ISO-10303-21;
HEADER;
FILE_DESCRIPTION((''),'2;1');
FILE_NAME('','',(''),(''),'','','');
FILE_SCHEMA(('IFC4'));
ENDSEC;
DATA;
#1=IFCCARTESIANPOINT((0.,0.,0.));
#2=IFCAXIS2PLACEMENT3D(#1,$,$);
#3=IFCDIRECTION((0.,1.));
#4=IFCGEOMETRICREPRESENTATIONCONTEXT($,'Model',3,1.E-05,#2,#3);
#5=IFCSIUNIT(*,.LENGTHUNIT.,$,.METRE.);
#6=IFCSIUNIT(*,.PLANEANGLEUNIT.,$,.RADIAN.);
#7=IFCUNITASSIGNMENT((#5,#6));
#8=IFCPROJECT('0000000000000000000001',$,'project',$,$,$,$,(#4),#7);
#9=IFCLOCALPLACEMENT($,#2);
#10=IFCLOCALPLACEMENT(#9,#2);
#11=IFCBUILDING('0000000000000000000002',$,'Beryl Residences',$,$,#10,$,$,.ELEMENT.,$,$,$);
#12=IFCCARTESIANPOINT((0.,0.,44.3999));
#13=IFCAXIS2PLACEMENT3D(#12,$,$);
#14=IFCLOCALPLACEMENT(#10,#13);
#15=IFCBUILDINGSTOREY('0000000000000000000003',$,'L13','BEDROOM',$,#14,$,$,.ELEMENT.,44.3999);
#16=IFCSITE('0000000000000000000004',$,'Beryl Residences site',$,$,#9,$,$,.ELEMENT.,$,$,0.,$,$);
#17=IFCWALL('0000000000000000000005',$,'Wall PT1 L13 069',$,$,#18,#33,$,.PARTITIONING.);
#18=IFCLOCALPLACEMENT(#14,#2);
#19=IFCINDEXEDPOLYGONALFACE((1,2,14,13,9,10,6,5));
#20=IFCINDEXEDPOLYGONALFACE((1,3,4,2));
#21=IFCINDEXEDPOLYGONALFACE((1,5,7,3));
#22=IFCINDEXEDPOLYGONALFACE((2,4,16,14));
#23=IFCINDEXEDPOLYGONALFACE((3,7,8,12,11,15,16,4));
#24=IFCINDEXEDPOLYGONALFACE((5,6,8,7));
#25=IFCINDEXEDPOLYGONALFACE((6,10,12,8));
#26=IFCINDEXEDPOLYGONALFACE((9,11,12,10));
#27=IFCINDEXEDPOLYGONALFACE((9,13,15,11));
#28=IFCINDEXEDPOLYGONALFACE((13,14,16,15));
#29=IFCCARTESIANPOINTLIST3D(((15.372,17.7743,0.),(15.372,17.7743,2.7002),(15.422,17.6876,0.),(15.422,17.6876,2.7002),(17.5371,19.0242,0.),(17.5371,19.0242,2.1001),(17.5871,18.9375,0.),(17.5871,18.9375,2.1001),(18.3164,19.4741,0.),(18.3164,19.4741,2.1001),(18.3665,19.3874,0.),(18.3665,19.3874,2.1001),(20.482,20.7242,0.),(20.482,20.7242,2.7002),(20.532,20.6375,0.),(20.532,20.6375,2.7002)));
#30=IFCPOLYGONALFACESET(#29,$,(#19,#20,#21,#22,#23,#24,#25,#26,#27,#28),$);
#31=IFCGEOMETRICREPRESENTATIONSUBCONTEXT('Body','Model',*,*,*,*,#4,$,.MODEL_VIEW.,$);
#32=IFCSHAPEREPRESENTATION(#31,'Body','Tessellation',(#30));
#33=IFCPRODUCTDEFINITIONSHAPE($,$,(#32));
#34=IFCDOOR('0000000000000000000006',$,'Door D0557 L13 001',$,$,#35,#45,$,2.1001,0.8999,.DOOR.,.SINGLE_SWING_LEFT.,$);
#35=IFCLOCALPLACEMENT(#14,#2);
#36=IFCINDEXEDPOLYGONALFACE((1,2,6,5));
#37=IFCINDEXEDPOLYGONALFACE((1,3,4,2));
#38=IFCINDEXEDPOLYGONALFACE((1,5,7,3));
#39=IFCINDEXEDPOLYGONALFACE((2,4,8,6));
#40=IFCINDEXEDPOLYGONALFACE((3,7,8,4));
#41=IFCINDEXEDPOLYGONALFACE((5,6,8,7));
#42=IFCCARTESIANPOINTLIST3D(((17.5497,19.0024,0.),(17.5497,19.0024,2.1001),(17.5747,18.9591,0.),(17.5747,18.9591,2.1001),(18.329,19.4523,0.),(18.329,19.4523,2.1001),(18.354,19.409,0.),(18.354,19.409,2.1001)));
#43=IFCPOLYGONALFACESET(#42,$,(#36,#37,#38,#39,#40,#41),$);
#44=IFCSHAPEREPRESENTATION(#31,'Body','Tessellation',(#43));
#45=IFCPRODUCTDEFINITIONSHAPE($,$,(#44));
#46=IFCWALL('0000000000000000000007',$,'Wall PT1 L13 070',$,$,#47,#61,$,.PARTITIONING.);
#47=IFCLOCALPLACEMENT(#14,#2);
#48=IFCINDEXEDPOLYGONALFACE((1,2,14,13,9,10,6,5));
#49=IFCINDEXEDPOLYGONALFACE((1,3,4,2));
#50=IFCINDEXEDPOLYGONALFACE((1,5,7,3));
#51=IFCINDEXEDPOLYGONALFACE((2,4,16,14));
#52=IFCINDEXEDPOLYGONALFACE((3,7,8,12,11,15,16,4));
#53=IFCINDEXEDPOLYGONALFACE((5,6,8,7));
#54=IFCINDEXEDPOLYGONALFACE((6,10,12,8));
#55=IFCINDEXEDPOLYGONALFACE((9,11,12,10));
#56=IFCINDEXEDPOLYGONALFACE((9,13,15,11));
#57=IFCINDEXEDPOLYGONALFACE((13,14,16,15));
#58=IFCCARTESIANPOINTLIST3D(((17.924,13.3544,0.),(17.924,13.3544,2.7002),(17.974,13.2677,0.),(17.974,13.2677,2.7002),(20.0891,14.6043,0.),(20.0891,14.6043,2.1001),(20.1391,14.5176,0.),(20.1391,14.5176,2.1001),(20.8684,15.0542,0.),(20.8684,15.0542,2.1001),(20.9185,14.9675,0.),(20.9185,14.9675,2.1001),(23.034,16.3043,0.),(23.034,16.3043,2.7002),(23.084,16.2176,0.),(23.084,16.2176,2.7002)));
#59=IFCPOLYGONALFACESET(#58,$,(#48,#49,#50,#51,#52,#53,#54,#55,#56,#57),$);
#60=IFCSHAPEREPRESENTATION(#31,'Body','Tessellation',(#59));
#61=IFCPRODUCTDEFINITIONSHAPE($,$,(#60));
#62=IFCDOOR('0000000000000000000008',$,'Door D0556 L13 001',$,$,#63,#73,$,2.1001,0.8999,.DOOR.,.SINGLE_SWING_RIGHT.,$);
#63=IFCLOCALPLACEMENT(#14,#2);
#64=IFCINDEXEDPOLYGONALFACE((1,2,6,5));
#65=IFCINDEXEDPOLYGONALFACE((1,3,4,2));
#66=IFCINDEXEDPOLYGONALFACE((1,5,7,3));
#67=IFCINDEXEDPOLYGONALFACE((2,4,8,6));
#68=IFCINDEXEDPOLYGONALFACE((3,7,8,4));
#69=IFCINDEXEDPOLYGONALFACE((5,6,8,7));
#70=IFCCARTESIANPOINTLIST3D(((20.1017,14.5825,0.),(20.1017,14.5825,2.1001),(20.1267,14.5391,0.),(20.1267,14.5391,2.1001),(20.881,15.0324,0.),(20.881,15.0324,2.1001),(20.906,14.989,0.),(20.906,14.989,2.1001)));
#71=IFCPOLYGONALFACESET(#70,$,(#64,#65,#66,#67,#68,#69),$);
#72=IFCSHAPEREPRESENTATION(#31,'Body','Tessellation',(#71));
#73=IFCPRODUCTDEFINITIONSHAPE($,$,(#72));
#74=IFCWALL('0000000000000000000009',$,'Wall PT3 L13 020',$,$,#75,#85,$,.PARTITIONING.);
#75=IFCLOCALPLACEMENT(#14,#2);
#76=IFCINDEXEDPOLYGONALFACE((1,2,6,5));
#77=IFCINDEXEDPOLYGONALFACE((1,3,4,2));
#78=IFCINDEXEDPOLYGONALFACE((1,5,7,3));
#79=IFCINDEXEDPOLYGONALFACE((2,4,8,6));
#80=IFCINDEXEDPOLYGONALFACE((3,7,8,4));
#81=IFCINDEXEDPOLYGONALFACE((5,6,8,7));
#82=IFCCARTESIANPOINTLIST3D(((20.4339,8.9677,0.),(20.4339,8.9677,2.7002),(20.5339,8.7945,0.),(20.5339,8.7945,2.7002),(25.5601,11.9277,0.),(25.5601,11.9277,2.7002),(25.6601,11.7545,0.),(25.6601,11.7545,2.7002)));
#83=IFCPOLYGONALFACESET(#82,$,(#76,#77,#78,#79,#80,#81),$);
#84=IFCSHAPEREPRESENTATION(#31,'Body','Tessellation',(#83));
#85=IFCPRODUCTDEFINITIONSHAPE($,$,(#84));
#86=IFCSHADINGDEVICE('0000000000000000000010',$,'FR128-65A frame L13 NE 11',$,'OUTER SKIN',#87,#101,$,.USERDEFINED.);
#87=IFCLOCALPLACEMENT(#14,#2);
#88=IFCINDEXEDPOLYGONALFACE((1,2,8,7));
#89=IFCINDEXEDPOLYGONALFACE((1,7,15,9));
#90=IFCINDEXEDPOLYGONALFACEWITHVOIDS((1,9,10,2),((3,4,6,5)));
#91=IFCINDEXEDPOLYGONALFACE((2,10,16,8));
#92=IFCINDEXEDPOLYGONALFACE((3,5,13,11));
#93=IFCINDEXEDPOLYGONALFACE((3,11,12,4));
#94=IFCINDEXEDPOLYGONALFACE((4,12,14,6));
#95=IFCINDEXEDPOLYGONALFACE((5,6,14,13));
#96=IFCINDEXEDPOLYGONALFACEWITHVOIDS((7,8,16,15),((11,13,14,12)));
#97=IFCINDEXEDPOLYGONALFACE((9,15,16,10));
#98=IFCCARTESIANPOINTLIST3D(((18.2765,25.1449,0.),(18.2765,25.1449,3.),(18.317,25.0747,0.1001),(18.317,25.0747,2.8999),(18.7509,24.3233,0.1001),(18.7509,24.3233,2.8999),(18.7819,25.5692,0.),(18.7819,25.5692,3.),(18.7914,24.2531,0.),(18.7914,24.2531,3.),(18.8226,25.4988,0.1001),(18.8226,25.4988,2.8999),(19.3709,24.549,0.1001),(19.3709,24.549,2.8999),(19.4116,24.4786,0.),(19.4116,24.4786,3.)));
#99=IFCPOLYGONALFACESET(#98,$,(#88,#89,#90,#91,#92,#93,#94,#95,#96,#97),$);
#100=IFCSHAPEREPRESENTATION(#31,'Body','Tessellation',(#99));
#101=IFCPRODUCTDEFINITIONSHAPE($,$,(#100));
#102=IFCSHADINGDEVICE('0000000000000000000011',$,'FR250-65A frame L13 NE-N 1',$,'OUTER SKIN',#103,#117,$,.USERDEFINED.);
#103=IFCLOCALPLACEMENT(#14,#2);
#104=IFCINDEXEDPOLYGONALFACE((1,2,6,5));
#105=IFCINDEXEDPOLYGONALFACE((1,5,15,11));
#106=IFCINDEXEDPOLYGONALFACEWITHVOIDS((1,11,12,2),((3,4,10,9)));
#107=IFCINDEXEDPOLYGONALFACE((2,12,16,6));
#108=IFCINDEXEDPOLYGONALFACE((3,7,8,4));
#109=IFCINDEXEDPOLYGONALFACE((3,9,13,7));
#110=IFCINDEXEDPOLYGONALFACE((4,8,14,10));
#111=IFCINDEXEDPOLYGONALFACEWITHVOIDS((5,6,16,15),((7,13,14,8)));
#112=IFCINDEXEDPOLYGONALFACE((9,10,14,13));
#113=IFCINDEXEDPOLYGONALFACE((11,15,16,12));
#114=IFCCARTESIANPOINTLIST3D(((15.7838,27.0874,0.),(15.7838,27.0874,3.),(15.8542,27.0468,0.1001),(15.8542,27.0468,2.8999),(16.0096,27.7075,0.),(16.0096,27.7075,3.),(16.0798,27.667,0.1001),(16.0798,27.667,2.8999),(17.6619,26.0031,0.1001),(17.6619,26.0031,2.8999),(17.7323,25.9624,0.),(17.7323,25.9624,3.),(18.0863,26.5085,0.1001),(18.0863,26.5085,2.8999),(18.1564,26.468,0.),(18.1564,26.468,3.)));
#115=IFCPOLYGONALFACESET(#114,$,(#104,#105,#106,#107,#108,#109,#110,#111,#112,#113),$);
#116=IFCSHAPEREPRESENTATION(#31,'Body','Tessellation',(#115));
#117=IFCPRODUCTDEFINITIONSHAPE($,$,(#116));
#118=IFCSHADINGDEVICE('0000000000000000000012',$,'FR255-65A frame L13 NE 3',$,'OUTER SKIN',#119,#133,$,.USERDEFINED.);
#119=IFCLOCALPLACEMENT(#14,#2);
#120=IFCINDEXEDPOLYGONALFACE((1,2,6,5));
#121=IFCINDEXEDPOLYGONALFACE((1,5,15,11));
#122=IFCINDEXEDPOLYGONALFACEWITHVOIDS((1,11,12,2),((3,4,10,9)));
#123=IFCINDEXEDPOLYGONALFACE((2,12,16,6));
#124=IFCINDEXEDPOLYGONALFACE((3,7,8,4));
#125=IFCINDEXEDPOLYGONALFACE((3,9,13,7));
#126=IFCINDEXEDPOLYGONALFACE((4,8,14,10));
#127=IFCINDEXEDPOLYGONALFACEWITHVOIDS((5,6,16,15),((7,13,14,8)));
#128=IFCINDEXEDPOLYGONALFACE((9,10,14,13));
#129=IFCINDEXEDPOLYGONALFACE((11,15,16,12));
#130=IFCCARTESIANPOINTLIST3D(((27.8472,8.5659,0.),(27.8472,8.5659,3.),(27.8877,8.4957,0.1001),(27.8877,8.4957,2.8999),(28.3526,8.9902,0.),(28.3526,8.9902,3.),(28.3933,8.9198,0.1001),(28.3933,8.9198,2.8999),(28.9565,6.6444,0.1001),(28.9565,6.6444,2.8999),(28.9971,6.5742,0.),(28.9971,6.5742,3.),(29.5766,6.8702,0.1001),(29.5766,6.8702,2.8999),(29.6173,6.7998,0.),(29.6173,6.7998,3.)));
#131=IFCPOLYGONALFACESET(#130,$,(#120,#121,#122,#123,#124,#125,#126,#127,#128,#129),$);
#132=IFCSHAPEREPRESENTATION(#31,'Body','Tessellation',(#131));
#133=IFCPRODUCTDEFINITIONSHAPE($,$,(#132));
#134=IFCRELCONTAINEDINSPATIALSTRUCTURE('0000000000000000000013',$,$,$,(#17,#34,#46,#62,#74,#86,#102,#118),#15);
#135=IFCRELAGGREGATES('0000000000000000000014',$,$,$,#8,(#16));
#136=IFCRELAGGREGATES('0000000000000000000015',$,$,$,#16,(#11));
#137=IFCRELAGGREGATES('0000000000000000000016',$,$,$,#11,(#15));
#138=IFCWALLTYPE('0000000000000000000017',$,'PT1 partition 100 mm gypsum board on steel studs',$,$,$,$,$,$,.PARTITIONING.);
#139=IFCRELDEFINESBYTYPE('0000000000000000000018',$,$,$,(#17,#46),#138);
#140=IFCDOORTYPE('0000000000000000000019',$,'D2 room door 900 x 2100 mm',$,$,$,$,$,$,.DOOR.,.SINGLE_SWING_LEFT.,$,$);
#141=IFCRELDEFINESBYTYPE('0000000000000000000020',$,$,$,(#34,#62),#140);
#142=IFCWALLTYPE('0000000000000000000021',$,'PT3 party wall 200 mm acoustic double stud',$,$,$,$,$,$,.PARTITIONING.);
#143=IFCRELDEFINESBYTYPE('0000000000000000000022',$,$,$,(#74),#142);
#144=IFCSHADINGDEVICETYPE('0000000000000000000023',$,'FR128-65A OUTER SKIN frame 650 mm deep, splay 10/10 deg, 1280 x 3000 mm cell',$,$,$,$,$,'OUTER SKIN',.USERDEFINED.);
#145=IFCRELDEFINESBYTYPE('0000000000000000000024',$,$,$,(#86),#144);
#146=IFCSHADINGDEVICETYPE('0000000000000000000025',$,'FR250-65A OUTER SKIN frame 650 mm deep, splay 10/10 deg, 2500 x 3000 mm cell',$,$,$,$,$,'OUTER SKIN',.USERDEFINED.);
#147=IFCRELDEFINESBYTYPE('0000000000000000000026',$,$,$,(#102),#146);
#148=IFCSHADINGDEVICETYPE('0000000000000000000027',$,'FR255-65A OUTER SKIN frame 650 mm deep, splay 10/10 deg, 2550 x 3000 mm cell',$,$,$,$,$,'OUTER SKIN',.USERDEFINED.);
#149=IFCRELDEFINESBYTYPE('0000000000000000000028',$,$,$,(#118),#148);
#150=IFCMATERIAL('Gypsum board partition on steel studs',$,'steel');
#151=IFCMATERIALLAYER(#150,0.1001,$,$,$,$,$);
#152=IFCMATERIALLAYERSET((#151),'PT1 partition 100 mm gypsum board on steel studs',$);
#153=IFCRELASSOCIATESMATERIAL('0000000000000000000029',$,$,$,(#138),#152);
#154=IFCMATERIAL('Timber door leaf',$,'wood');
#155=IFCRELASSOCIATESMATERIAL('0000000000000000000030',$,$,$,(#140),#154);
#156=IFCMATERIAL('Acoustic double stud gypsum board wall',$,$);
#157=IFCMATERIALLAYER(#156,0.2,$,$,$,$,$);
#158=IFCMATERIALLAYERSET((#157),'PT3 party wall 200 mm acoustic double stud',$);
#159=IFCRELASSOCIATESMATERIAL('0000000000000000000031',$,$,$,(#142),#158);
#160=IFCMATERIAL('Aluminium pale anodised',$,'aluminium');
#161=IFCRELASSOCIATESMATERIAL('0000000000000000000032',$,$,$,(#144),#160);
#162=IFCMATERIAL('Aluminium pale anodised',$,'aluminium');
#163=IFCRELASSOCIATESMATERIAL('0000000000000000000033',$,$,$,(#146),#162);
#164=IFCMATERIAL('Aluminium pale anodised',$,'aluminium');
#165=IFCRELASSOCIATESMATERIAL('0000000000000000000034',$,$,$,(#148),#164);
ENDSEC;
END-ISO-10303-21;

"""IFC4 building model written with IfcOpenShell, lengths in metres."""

from ifc_helpers import new_model, entity, si_unit, direction, frame, frame_2d, origin, place, context, subcontext, project, spatial, rectangle, extrude, source, transform, mapped, material, layer, layer_set, type_object, type_shapes, element, fill, save


model = new_model("IFC4")

# Units and contexts
model_context = context("Model", 3, precision=1e-05, world=origin(), true_north=direction((0.0, 1.0)))
body_context = subcontext(model_context, "Body", "Model", "MODEL_VIEW")
ifc_project = project(units=[si_unit("LENGTHUNIT", "METRE"), si_unit("PLANEANGLEUNIT", "RADIAN")], contexts=[model_context])

# Site, building, storey
site_placement = place(None, origin())
site = spatial("IfcSite", under=ifc_project, at=site_placement, Name="Beryl Residences site", CompositionType="ELEMENT", RefElevation=0.0)
building_placement = place(site_placement, origin())
building = spatial("IfcBuilding", under=site, at=building_placement, Name="Beryl Residences", CompositionType="ELEMENT")
storey_placement = place(building_placement, frame((0.0, 0.0, 44.3999)))
storey = spatial("IfcBuildingStorey", under=building, at=storey_placement, Name="L13", Description="BEDROOM", CompositionType="ELEMENT", Elevation=44.3999)

# Walls, openings, doors
ifc_material_1 = material(Name="Gypsum board partition on steel studs", Category="steel")
ifc_layer_1 = layer(ifc_material_1, 0.1001)
ifc_layer_set_1 = layer_set([ifc_layer_1], Name="PT1 partition 100 mm gypsum board on steel studs")
wall_type_1 = type_object("IfcWallType", Name="PT1 partition 100 mm gypsum board on steel studs", PredefinedType="PARTITIONING", material=ifc_layer_set_1)
ifc_material_2 = material(Name="Timber door leaf", Category="wood")
door_type = type_object("IfcDoorType", Name="D2 room door 900 x 2100 mm", OperationType="SINGLE_SWING_LEFT", PredefinedType="DOOR", material=ifc_material_2)
wall_1_placement = place(storey_placement, frame((15.397, 17.731, 0.0), z_axis=(0.0, 0.0, 1.0), x_axis=(0.866053, 0.499953, 0.0)))
wall_1 = element("IfcWall", 1, at=wall_1_placement, inside=storey, type_object=wall_type_1, Name="Wall PT1 L13 069", PredefinedType="PARTITIONING", context=body_context, shape_type="SweptSolid", body=[
    extrude(rectangle(XDim=5.9004, YDim=0.1001, at=frame_2d((2.9502, 0.0))), origin(), (0.0, 0.0, 1.0), 2.7002),
])
opening_1_placement = place(wall_1_placement, frame((2.5, 0.0, 0.0)))
opening_1 = element("IfcOpeningElement", 2, at=opening_1_placement, cuts=wall_1, PredefinedType="OPENING", context=body_context, shape_type="SweptSolid", body=[
    extrude(rectangle(XDim=0.8999, YDim=2.1001, at=frame_2d((0.45, 1.05))), frame((0.0, 0.0601, 0.0), z_axis=(0.0, -1.0, 0.0), x_axis=(1.0, 0.0, 0.0)), (0.0, 0.0, 1.0), 0.1201),
])
door_1_placement = place(opening_1_placement, origin())
door_1 = element("IfcDoor", 3, at=door_1_placement, inside=storey, type_object=door_type, Name="Door D0557 L13 001", OperationType="SINGLE_SWING_LEFT", OverallHeight=2.1001, OverallWidth=0.8999, PredefinedType="DOOR", context=body_context, shape_type="SweptSolid", body=[
    extrude(rectangle(XDim=0.8999, YDim=2.1001, at=frame_2d((0.45, 1.05))), frame((0.0, 0.0249, 0.0), z_axis=(0.0, -1.0, 0.0), x_axis=(1.0, 0.0, 0.0)), (0.0, 0.0, 1.0), 0.05),
])
fill(opening_1, door_1)
wall_2_placement = place(storey_placement, frame((17.949, 13.311, 0.0), z_axis=(0.0, 0.0, 1.0), x_axis=(0.866053, 0.499953, 0.0)))
wall_2 = element("IfcWall", 4, at=wall_2_placement, inside=storey, type_object=wall_type_1, Name="Wall PT1 L13 070", PredefinedType="PARTITIONING", context=body_context, shape_type="SweptSolid", body=[
    extrude(rectangle(XDim=5.9004, YDim=0.1001, at=frame_2d((2.9502, 0.0))), origin(), (0.0, 0.0, 1.0), 2.7002),
])
opening_2_placement = place(wall_2_placement, frame((2.5, 0.0, 0.0)))
opening_2 = element("IfcOpeningElement", 5, at=opening_2_placement, cuts=wall_2, PredefinedType="OPENING", context=body_context, shape_type="SweptSolid", body=[
    extrude(rectangle(XDim=0.8999, YDim=2.1001, at=frame_2d((0.45, 1.05))), frame((0.0, 0.0601, 0.0), z_axis=(0.0, -1.0, 0.0), x_axis=(1.0, 0.0, 0.0)), (0.0, 0.0, 1.0), 0.1201),
])
door_2_placement = place(opening_2_placement, origin())
door_2 = element("IfcDoor", 6, at=door_2_placement, inside=storey, type_object=door_type, Name="Door D0556 L13 001", OperationType="SINGLE_SWING_RIGHT", OverallHeight=2.1001, OverallWidth=0.8999, PredefinedType="DOOR", context=body_context, shape_type="SweptSolid", body=[
    extrude(rectangle(XDim=0.8999, YDim=2.1001, at=frame_2d((0.45, 1.05))), frame((0.0, 0.0249, 0.0), z_axis=(0.0, -1.0, 0.0), x_axis=(1.0, 0.0, 0.0)), (0.0, 0.0, 1.0), 0.05),
])
fill(opening_2, door_2)

# Wall
ifc_material_3 = material(Name="Acoustic double stud gypsum board wall")
ifc_layer_2 = layer(ifc_material_3, 0.2)
ifc_layer_set_2 = layer_set([ifc_layer_2], Name="PT3 party wall 200 mm acoustic double stud")
wall_type_2 = type_object("IfcWallType", Name="PT3 party wall 200 mm acoustic double stud", PredefinedType="PARTITIONING", material=ifc_layer_set_2)
wall_3_placement = place(storey_placement, frame((20.4839, 8.8811, 0.0), z_axis=(0.0, 0.0, 1.0), x_axis=(0.866001, 0.500043, 0.0)))
element("IfcWall", 7, at=wall_3_placement, inside=storey, type_object=wall_type_2, Name="Wall PT3 L13 020", PredefinedType="PARTITIONING", context=body_context, shape_type="SweptSolid", body=[
    extrude(rectangle(XDim=5.9194, YDim=0.2, at=frame_2d((2.9597, 0.0))), origin(), (0.0, 0.0, 1.0), 2.7002),
])

# Shading devices
ifc_material_4 = material(Name="Aluminium pale anodised", Category="aluminium")
shading_device_type_1 = type_object("IfcShadingDeviceType", Name="FR128-65A OUTER SKIN frame 650 mm deep, splay 10/10 deg, 1280 x 3000 mm cell", ElementType="OUTER SKIN", PredefinedType="USERDEFINED", material=ifc_material_4)
cartesian_point_1 = entity("IfcCartesianPoint", [-0.5149, 0.0])
cartesian_point_2 = entity("IfcCartesianPoint", [-0.4338, 0.1001])
cartesian_point_3 = entity("IfcCartesianPoint", [-0.6296, 0.0])
cartesian_point_4 = entity("IfcCartesianPoint", [-0.5483, 0.1001])
shared_shape_1 = source(origin(), body_context, "Body", "SweptSolid", [
    entity("IfcExtrudedAreaSolidTapered", entity("IfcArbitraryProfileDefWithVoids", "AREA", None, entity("IfcPolyline", [cartesian_point_1, entity("IfcCartesianPoint", [0.5149, 0.0]), entity("IfcCartesianPoint", [0.5149, 3.0]), entity("IfcCartesianPoint", [-0.5149, 3.0]), cartesian_point_1]), [entity("IfcPolyline", [cartesian_point_2, entity("IfcCartesianPoint", [0.4338, 0.1001]), entity("IfcCartesianPoint", [0.4338, 2.8999]), entity("IfcCartesianPoint", [-0.4338, 2.8999]), cartesian_point_2])]), entity("IfcAxis2Placement3D", entity("IfcCartesianPoint", [0.0, 0.0, 0.0]), entity("IfcDirection", [0.0, 1.0, 0.0]), entity("IfcDirection", [-1.0, 0.0, 0.0])), entity("IfcDirection", [0.0, 0.0, 1.0]), 0.6499, entity("IfcArbitraryProfileDefWithVoids", "AREA", None, entity("IfcPolyline", [cartesian_point_3, entity("IfcCartesianPoint", [0.6296, 0.0]), entity("IfcCartesianPoint", [0.6296, 3.0]), entity("IfcCartesianPoint", [-0.6296, 3.0]), cartesian_point_3]), [entity("IfcPolyline", [cartesian_point_4, entity("IfcCartesianPoint", [0.5483, 0.1001]), entity("IfcCartesianPoint", [0.5483, 2.8999]), entity("IfcCartesianPoint", [-0.5483, 2.8999]), cartesian_point_4])])),
])
type_shapes(shading_device_type_1, [shared_shape_1])
shading_device_1_placement = place(storey_placement, frame((18.5339, 24.699, 0.0), z_axis=(0.0, 0.0, 1.0), x_axis=(0.5, -0.866025, 0.0)))
element("IfcShadingDevice", 8, at=shading_device_1_placement, inside=storey, type_object=shading_device_type_1, Name="FR128-65A frame L13 NE 11", ObjectType="OUTER SKIN", PredefinedType="USERDEFINED", context=body_context, shape_type="MappedRepresentation", body=[
    mapped(shared_shape_1, transform((0.0, 0.0, 0.0))),
])
ifc_material_5 = material(Name="Aluminium pale anodised", Category="aluminium")
shading_device_type_2 = type_object("IfcShadingDeviceType", Name="FR250-65A OUTER SKIN frame 650 mm deep, splay 10/10 deg, 2500 x 3000 mm cell", ElementType="OUTER SKIN", PredefinedType="USERDEFINED", material=ifc_material_5)
cartesian_point_5 = entity("IfcCartesianPoint", [-1.125, 0.0])
cartesian_point_6 = entity("IfcCartesianPoint", [-1.0437, 0.1001])
cartesian_point_7 = entity("IfcCartesianPoint", [-1.2395, 0.0])
cartesian_point_8 = entity("IfcCartesianPoint", [-1.1584, 0.1001])
shared_shape_2 = source(origin(), body_context, "Body", "SweptSolid", [
    entity("IfcExtrudedAreaSolidTapered", entity("IfcArbitraryProfileDefWithVoids", "AREA", None, entity("IfcPolyline", [cartesian_point_5, entity("IfcCartesianPoint", [1.125, 0.0]), entity("IfcCartesianPoint", [1.125, 3.0]), entity("IfcCartesianPoint", [-1.125, 3.0]), cartesian_point_5]), [entity("IfcPolyline", [cartesian_point_6, entity("IfcCartesianPoint", [1.0437, 0.1001]), entity("IfcCartesianPoint", [1.0437, 2.8999]), entity("IfcCartesianPoint", [-1.0437, 2.8999]), cartesian_point_6])]), entity("IfcAxis2Placement3D", entity("IfcCartesianPoint", [0.0, 0.0, 0.0]), entity("IfcDirection", [0.0, 1.0, 0.0]), entity("IfcDirection", [-1.0, 0.0, 0.0])), entity("IfcDirection", [0.0, 0.0, 1.0]), 0.6499, entity("IfcArbitraryProfileDefWithVoids", "AREA", None, entity("IfcPolyline", [cartesian_point_7, entity("IfcCartesianPoint", [1.2395, 0.0]), entity("IfcCartesianPoint", [1.2395, 3.0]), entity("IfcCartesianPoint", [-1.2395, 3.0]), cartesian_point_7]), [entity("IfcPolyline", [cartesian_point_8, entity("IfcCartesianPoint", [1.1584, 0.1001]), entity("IfcCartesianPoint", [1.1584, 2.8999]), entity("IfcCartesianPoint", [-1.1584, 2.8999]), cartesian_point_8])])),
])
type_shapes(shading_device_type_2, [shared_shape_2])
shading_device_2_placement = place(storey_placement, frame((16.7581, 26.5249, 0.0), z_axis=(0.0, 0.0, 1.0), x_axis=(0.866025, -0.5, 0.0)))
element("IfcShadingDevice", 9, at=shading_device_2_placement, inside=storey, type_object=shading_device_type_2, Name="FR250-65A frame L13 NE-N 1", ObjectType="OUTER SKIN", PredefinedType="USERDEFINED", context=body_context, shape_type="MappedRepresentation", body=[
    mapped(shared_shape_2, transform((0.0, 0.0, 0.0))),
])
ifc_material_6 = material(Name="Aluminium pale anodised", Category="aluminium")
shading_device_type_3 = type_object("IfcShadingDeviceType", Name="FR255-65A OUTER SKIN frame 650 mm deep, splay 10/10 deg, 2550 x 3000 mm cell", ElementType="OUTER SKIN", PredefinedType="USERDEFINED", material=ifc_material_6)
cartesian_point_9 = entity("IfcCartesianPoint", [-1.1499, 0.0])
cartesian_point_10 = entity("IfcCartesianPoint", [-1.0688, 0.1001])
cartesian_point_11 = entity("IfcCartesianPoint", [-1.2646, 0.0])
cartesian_point_12 = entity("IfcCartesianPoint", [-1.1833, 0.1001])
shared_shape_3 = source(origin(), body_context, "Body", "SweptSolid", [
    entity("IfcExtrudedAreaSolidTapered", entity("IfcArbitraryProfileDefWithVoids", "AREA", None, entity("IfcPolyline", [cartesian_point_9, entity("IfcCartesianPoint", [1.1499, 0.0]), entity("IfcCartesianPoint", [1.1499, 3.0]), entity("IfcCartesianPoint", [-1.1499, 3.0]), cartesian_point_9]), [entity("IfcPolyline", [cartesian_point_10, entity("IfcCartesianPoint", [1.0688, 0.1001]), entity("IfcCartesianPoint", [1.0688, 2.8999]), entity("IfcCartesianPoint", [-1.0688, 2.8999]), cartesian_point_10])]), entity("IfcAxis2Placement3D", entity("IfcCartesianPoint", [0.0, 0.0, 0.0]), entity("IfcDirection", [0.0, 1.0, 0.0]), entity("IfcDirection", [-1.0, 0.0, 0.0])), entity("IfcDirection", [0.0, 0.0, 1.0]), 0.6499, entity("IfcArbitraryProfileDefWithVoids", "AREA", None, entity("IfcPolyline", [cartesian_point_11, entity("IfcCartesianPoint", [1.2646, 0.0]), entity("IfcCartesianPoint", [1.2646, 3.0]), entity("IfcCartesianPoint", [-1.2646, 3.0]), cartesian_point_11]), [entity("IfcPolyline", [cartesian_point_12, entity("IfcCartesianPoint", [1.1833, 0.1001]), entity("IfcCartesianPoint", [1.1833, 2.8999]), entity("IfcCartesianPoint", [-1.1833, 2.8999]), cartesian_point_12])])),
])
type_shapes(shading_device_type_3, [shared_shape_3])
for number, where, z_axis, x_axis, name in (
    (10, (28.4221, 7.5701, 0.0), (0.0, 0.0, 1.0), (0.5, -0.866025, 0.0), "FR255-65A frame L13 NE 3"),
):
    element("IfcShadingDevice", number, at=place(storey_placement, frame(where, z_axis=z_axis, x_axis=x_axis)), inside=storey, type_object=shading_device_type_3, Name=name, ObjectType="OUTER SKIN", PredefinedType="USERDEFINED", context=body_context, shape_type="MappedRepresentation", body=[
        mapped(shared_shape_3, transform((0.0, 0.0, 0.0))),
    ])

save(model, "model.ifc")
